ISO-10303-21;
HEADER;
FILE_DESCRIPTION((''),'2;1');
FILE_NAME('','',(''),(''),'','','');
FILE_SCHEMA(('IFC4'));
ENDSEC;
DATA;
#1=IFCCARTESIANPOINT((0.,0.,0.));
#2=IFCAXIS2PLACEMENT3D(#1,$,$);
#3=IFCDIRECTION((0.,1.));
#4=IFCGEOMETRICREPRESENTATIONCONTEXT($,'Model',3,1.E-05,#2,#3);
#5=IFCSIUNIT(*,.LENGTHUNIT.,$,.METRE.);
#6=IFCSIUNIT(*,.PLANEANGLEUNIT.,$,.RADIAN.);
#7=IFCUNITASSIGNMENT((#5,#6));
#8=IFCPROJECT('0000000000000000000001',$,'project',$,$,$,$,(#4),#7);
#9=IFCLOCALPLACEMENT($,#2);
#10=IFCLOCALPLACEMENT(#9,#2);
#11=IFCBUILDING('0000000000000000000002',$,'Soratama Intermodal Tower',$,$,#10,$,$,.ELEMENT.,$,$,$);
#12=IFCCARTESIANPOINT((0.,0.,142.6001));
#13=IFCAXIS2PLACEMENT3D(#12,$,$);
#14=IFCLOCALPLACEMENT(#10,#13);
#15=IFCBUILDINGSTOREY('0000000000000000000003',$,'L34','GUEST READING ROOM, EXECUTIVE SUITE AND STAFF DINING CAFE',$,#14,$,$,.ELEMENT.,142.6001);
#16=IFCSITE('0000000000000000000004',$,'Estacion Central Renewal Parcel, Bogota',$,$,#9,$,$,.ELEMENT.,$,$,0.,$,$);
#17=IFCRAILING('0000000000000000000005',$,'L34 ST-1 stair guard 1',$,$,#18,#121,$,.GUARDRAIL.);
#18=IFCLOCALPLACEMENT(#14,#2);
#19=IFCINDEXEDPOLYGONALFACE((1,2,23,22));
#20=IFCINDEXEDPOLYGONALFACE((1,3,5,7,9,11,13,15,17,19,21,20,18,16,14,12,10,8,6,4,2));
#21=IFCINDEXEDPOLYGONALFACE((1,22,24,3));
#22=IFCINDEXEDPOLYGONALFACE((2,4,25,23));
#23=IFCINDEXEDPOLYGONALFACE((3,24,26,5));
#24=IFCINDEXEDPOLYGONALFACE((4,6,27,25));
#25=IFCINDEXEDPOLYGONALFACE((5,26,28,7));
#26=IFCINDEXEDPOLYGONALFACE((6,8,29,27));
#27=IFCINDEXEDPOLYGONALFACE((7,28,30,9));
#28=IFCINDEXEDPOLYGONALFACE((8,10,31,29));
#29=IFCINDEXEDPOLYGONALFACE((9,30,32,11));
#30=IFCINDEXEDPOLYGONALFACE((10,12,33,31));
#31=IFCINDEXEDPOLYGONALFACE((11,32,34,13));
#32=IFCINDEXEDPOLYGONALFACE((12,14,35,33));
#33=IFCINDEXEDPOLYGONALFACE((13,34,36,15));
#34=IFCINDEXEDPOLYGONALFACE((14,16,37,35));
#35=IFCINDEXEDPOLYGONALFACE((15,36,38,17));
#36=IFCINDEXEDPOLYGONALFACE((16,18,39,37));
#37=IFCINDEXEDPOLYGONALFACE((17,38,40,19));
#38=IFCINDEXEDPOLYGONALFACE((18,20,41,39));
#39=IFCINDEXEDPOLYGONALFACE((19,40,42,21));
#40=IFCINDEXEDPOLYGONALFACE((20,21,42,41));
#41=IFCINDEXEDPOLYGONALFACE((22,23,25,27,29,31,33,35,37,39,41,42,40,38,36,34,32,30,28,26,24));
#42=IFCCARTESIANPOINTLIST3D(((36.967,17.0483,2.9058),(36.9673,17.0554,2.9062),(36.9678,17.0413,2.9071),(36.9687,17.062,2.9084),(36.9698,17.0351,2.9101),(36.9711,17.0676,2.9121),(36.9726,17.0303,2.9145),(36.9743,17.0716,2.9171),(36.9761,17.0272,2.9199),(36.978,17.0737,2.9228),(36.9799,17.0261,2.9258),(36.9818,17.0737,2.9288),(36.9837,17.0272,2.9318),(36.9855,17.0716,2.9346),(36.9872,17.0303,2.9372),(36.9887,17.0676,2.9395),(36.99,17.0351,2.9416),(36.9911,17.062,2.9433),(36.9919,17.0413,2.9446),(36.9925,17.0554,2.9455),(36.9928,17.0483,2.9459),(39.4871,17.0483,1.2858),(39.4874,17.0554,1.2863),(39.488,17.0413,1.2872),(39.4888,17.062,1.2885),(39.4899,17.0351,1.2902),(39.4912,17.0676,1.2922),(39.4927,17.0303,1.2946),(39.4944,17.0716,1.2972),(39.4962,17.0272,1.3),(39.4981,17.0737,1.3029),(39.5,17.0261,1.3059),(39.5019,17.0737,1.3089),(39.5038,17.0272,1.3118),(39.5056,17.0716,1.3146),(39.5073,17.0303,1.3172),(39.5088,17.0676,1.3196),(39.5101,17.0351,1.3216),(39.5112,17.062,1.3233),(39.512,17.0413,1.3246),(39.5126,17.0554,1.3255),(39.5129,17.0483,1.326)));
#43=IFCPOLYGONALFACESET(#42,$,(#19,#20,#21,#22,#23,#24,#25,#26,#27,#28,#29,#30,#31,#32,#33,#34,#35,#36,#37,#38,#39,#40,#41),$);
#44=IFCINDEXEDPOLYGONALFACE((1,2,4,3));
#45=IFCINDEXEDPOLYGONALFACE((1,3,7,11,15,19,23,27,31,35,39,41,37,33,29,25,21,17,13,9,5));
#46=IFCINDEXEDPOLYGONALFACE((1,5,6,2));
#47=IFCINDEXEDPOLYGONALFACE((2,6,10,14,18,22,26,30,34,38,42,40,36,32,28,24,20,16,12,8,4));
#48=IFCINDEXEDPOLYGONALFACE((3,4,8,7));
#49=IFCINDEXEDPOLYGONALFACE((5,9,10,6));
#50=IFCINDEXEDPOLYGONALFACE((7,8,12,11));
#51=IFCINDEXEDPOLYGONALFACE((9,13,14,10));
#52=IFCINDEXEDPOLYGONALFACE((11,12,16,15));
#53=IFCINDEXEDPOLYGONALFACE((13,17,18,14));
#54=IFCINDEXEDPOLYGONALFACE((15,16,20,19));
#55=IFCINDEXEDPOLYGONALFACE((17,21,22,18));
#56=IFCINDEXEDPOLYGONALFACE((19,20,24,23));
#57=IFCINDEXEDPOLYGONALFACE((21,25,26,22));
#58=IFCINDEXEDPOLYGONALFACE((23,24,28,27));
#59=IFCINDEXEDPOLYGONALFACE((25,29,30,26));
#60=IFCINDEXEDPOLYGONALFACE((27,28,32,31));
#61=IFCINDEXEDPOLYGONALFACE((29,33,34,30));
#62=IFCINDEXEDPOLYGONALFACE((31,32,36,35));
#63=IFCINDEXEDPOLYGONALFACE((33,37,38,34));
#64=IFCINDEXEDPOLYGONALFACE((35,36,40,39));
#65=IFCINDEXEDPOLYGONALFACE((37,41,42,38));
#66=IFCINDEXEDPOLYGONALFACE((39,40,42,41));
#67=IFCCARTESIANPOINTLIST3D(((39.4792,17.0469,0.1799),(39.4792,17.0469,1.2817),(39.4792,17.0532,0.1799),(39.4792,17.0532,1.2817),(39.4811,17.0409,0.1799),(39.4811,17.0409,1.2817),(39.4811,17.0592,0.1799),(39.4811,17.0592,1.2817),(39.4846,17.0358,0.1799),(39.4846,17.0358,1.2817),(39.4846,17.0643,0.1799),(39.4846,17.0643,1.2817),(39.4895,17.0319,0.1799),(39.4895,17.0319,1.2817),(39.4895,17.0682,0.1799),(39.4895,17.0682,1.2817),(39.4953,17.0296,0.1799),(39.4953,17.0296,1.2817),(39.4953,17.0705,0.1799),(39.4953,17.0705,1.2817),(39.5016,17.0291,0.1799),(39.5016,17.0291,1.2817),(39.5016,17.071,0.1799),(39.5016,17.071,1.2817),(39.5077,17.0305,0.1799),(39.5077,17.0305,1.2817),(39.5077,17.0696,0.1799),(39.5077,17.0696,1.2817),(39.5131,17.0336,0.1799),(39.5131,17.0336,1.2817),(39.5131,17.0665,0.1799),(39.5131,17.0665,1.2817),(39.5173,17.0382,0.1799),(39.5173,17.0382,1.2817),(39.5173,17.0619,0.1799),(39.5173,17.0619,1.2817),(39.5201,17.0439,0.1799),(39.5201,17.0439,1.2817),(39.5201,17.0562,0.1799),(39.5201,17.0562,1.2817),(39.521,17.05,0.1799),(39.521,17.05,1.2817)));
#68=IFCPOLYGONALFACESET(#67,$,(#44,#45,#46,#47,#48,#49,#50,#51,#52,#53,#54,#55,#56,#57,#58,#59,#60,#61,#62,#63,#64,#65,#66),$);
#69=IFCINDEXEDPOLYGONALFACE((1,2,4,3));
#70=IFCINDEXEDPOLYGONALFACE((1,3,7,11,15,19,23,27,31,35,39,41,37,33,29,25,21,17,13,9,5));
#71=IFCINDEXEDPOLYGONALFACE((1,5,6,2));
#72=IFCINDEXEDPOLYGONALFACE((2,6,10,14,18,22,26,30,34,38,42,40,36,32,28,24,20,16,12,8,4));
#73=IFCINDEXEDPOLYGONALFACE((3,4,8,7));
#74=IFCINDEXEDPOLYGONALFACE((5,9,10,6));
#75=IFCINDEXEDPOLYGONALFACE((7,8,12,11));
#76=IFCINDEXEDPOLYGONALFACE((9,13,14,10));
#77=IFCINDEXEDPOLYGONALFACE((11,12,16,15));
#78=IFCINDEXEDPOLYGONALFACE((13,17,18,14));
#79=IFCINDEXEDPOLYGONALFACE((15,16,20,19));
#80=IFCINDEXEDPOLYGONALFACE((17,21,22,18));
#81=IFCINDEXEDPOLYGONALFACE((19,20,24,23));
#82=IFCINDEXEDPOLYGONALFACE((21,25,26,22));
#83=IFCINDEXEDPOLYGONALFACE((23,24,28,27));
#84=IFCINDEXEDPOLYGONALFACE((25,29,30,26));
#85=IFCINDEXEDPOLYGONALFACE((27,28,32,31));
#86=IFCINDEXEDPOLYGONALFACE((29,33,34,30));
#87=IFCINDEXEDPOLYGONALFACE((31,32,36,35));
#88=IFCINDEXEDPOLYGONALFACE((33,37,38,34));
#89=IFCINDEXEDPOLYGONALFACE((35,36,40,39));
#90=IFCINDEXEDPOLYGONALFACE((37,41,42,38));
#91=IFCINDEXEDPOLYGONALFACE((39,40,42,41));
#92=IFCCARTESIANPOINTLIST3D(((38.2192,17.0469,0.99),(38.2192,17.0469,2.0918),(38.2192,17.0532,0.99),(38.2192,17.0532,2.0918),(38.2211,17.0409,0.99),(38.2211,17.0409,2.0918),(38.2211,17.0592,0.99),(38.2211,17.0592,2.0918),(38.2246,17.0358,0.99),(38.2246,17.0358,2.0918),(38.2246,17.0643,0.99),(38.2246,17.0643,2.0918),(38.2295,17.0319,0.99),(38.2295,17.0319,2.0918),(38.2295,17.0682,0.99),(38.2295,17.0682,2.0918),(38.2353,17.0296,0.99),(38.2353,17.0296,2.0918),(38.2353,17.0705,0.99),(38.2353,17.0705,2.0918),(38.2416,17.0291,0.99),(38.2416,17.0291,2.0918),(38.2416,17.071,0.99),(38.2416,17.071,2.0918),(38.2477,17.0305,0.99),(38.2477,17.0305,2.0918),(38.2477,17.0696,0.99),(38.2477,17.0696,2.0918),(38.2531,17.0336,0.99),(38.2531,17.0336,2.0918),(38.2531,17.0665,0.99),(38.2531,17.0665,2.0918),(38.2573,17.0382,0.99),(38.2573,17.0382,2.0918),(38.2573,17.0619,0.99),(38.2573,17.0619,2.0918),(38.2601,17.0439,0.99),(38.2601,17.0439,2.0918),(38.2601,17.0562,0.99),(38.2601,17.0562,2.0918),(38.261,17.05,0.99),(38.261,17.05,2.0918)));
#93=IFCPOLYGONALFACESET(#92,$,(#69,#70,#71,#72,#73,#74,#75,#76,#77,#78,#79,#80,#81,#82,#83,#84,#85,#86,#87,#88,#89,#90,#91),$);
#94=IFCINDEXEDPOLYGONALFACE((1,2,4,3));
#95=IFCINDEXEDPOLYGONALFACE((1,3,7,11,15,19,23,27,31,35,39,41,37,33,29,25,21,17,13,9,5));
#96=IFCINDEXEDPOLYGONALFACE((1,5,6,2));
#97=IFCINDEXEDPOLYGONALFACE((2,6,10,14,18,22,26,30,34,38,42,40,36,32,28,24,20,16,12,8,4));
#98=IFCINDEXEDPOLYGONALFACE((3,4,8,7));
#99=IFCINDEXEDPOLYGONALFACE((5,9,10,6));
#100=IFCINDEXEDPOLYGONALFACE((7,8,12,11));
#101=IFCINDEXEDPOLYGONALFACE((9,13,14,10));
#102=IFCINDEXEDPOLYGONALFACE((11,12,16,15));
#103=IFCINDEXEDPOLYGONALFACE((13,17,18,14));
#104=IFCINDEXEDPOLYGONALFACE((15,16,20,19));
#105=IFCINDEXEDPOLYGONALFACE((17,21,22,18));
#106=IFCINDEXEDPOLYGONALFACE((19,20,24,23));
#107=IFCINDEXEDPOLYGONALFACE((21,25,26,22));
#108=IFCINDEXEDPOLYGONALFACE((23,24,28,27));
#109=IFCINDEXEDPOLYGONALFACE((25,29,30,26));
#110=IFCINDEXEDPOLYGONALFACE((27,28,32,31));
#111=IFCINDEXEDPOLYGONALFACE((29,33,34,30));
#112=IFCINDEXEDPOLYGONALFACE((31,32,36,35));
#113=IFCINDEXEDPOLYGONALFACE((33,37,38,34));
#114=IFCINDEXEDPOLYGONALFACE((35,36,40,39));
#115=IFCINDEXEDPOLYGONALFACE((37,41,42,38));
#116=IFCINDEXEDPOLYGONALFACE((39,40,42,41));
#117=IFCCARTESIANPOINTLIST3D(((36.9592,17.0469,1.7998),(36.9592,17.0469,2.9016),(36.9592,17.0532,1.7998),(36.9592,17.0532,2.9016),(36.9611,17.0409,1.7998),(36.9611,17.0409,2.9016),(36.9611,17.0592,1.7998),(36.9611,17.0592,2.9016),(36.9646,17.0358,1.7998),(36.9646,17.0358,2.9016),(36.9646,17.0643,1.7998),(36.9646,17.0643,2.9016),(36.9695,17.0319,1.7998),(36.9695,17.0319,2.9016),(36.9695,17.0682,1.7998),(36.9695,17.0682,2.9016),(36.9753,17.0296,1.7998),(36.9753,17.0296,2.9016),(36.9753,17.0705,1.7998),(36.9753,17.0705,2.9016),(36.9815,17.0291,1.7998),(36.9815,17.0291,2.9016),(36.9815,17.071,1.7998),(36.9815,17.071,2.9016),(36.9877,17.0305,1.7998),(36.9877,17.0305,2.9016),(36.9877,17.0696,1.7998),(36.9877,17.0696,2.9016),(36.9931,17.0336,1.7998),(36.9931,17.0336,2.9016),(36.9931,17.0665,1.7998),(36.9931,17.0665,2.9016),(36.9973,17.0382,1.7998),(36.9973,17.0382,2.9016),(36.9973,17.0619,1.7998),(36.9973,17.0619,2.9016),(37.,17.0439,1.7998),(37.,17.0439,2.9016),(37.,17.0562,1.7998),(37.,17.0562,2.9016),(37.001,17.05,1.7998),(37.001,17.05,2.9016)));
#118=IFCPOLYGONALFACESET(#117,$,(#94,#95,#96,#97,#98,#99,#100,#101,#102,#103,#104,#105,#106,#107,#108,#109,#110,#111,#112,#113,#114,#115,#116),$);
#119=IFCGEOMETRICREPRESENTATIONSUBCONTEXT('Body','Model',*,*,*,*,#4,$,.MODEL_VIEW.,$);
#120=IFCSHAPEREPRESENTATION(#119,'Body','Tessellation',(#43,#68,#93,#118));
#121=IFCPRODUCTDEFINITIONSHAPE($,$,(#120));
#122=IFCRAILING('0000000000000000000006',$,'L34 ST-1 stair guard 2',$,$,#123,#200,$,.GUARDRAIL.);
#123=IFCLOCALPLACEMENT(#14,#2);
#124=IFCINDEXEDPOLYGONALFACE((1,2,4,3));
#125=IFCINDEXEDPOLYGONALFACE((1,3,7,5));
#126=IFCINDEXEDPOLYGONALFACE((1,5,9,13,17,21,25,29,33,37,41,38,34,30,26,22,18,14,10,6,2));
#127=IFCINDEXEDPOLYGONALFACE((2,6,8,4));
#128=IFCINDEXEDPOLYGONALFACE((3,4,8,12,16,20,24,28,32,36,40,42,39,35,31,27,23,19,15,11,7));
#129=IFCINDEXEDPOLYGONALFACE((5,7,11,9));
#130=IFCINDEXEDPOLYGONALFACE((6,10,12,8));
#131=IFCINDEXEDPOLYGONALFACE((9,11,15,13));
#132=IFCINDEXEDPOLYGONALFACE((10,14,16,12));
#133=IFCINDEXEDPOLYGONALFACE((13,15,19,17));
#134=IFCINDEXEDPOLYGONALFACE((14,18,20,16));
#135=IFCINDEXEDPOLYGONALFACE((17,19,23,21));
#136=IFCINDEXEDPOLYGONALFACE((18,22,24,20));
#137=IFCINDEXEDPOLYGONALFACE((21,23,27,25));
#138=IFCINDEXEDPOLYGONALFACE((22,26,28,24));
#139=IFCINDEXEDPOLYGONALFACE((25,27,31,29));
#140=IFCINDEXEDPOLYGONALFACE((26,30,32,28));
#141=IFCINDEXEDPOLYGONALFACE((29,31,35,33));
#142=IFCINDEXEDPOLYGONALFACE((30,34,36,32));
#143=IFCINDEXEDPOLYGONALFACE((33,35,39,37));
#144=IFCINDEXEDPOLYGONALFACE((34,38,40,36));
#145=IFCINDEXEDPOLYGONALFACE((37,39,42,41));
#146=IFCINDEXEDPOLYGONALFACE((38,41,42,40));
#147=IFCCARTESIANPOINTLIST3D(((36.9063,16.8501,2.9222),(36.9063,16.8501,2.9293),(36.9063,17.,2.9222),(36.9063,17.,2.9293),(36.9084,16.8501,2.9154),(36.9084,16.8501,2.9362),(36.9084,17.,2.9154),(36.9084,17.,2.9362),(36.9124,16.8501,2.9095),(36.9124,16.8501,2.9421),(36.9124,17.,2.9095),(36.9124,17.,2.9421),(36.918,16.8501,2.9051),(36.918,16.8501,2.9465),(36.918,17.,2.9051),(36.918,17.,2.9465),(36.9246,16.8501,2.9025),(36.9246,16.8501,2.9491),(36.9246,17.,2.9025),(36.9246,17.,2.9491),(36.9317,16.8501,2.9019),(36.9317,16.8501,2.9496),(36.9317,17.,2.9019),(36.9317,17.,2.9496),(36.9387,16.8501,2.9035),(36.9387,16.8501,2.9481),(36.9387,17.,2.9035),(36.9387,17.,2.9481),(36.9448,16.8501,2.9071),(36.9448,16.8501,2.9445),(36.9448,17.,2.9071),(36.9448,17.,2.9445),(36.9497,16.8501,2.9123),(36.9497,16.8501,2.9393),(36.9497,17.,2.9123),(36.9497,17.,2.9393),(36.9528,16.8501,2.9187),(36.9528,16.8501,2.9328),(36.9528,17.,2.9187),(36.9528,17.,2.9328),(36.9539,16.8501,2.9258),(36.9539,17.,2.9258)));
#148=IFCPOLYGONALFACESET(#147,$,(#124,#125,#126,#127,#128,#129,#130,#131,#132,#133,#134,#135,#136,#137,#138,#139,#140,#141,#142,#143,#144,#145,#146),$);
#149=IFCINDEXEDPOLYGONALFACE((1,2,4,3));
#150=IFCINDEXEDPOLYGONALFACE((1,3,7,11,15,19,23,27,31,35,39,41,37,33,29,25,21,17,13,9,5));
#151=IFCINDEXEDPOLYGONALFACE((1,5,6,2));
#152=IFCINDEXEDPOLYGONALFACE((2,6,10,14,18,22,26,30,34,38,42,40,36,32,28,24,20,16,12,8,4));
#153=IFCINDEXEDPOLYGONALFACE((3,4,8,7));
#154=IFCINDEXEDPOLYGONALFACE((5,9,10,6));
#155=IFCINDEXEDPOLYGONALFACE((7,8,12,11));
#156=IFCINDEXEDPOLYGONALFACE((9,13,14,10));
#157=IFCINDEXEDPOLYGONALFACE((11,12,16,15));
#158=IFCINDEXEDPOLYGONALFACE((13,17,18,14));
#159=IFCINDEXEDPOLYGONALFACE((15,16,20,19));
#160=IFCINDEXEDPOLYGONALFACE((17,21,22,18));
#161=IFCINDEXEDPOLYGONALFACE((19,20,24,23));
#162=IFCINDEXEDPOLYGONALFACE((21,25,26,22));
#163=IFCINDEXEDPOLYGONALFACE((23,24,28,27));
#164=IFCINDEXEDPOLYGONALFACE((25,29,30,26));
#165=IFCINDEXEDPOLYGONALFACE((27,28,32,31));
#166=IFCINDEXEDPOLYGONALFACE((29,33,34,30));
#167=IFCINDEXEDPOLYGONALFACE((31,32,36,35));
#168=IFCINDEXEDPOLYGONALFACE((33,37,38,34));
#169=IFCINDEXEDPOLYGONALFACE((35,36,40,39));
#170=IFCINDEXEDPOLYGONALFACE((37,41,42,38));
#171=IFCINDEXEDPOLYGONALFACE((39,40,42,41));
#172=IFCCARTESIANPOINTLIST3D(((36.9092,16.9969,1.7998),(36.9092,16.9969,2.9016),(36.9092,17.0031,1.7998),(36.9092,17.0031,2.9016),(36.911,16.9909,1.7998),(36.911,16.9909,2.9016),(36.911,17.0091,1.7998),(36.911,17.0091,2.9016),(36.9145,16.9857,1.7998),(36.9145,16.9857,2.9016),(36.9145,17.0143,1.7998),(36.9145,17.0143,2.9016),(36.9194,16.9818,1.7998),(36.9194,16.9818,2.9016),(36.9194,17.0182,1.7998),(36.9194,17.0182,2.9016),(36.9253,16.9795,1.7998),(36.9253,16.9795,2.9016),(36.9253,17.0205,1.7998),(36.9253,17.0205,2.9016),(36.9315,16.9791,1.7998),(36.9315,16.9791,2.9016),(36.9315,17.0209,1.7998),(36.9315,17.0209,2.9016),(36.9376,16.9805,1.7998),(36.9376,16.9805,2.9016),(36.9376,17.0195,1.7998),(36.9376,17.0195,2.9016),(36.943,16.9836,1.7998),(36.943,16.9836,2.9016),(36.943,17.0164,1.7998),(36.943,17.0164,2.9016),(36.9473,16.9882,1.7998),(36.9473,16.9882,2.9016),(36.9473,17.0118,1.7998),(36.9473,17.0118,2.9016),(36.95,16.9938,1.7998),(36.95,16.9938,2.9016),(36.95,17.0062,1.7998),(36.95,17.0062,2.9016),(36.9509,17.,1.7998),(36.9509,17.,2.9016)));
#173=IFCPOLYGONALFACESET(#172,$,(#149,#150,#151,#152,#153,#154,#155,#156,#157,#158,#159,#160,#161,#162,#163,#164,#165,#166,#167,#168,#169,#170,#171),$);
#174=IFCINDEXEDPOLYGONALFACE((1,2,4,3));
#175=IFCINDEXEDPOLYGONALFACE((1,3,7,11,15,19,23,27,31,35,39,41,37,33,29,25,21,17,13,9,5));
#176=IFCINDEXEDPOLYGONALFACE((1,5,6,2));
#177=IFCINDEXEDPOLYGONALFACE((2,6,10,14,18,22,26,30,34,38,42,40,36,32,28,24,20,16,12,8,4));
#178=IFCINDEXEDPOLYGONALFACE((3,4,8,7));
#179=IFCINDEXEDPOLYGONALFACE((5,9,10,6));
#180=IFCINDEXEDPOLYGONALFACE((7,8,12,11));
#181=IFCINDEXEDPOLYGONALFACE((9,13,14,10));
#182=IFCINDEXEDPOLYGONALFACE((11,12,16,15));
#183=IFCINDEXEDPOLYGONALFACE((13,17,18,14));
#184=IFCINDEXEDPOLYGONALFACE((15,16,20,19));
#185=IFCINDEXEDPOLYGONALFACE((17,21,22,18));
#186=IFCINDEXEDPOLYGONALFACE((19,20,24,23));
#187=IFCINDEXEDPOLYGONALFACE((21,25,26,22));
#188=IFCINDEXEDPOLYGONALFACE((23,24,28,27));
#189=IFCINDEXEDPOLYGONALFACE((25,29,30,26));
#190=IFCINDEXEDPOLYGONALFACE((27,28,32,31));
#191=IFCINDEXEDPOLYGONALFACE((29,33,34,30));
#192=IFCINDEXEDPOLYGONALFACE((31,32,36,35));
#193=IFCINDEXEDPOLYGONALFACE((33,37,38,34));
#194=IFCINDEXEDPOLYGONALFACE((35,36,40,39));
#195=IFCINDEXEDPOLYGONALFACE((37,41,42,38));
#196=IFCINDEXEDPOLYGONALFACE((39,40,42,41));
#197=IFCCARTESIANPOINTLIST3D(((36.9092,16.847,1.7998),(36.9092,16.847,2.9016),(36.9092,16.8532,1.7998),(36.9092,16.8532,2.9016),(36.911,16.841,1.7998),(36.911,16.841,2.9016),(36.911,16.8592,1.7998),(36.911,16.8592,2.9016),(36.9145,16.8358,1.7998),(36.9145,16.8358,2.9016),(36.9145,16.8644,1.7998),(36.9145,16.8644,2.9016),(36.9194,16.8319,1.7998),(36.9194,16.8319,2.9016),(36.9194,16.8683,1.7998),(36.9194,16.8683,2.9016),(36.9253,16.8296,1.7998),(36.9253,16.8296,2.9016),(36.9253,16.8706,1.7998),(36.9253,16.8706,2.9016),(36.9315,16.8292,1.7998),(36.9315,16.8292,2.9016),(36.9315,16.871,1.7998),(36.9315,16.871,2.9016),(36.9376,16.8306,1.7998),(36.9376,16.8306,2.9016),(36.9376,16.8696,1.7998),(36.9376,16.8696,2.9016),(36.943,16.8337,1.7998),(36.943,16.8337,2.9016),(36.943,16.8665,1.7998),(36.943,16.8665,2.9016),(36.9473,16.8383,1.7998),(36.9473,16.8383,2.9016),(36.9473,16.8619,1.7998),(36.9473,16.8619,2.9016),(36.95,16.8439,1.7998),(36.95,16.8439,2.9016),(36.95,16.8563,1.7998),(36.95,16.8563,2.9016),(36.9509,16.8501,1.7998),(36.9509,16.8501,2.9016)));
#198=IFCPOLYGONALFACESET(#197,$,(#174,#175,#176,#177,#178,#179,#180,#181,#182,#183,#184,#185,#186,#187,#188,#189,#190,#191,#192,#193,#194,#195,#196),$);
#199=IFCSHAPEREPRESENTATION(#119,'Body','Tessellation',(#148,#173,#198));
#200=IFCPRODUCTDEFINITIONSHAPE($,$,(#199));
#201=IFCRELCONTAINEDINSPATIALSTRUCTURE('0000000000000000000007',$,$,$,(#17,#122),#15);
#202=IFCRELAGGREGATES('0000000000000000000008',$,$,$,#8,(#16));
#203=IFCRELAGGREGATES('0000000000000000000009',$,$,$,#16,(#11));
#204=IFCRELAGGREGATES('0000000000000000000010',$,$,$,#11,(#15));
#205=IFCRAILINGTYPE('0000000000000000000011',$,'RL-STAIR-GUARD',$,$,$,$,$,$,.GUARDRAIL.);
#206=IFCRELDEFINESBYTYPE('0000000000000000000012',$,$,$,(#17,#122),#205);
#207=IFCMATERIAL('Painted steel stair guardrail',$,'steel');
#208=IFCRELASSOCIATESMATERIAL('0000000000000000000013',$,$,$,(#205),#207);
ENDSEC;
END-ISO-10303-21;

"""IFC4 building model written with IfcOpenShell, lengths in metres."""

from ifc_helpers import new_model, si_unit, direction, frame, origin, origin_2d, place, context, subcontext, project, spatial, circle, extrude, material, type_object, element, save


model = new_model("IFC4")

# Units and contexts
model_context = context("Model", 3, precision=1e-05, world=origin(), true_north=direction((0.0, 1.0)))
body_context = subcontext(model_context, "Body", "Model", "MODEL_VIEW")
ifc_project = project(units=[si_unit("LENGTHUNIT", "METRE"), si_unit("PLANEANGLEUNIT", "RADIAN")], contexts=[model_context])

# Site, building, storey
site_placement = place(None, origin())
site = spatial("IfcSite", under=ifc_project, at=site_placement, Name="Estacion Central Renewal Parcel, Bogota", CompositionType="ELEMENT", RefElevation=0.0)
building_placement = place(site_placement, origin())
building = spatial("IfcBuilding", under=site, at=building_placement, Name="Soratama Intermodal Tower", CompositionType="ELEMENT")
storey_placement = place(building_placement, frame((0.0, 0.0, 142.6001)))
storey = spatial("IfcBuildingStorey", under=building, at=storey_placement, Name="L34", Description="GUEST READING ROOM, EXECUTIVE SUITE AND STAFF DINING CAFE", CompositionType="ELEMENT", Elevation=142.6001)

# Railings
ifc_material_1 = material(Name="Painted steel stair guardrail", Category="steel")
railing_type_1 = type_object("IfcRailingType", Name="RL-STAIR-GUARD", PredefinedType="GUARDRAIL", material=ifc_material_1)
railing_1_placement = place(storey_placement, frame((39.5, 17.05, 0.1799)))
element("IfcRailing", 1, at=railing_1_placement, inside=storey, type_object=railing_type_1, Name="L34 ST-1 stair guard 1", PredefinedType="GUARDRAIL", context=body_context, shape_type="SweptSolid", body=[
    extrude(circle(Radius=0.0239, at=origin_2d()), frame((0.0, 0.0, 1.126), z_axis=(-0.8412, 0.0, 0.540725), x_axis=(0.0, -1.0, 0.0)), (0.0, 0.0, 1.0), 2.9958),
    extrude(circle(Radius=0.021, at=origin_2d()), origin(), (0.0, 0.0, 1.0), 1.1018),
    extrude(circle(Radius=0.021, at=origin_2d()), frame((-1.26, 0.0, 0.8101)), (0.0, 0.0, 1.0), 1.1018),
    extrude(circle(Radius=0.021, at=origin_2d()), frame((-2.52, 0.0, 1.6199)), (0.0, 0.0, 1.0), 1.1018),
])
railing_2_placement = place(storey_placement, frame((36.9299, 17.0, 1.7998)))
element("IfcRailing", 2, at=railing_2_placement, inside=storey, type_object=railing_type_1, Name="L34 ST-1 stair guard 2", PredefinedType="GUARDRAIL", context=body_context, shape_type="SweptSolid", body=[
    extrude(circle(Radius=0.0239, at=origin_2d()), frame((0.0, 0.0, 1.126), z_axis=(0.0, -1.0, 0.0), x_axis=(1.0, 0.0, 0.0)), (0.0, 0.0, 1.0), 0.1499),
    extrude(circle(Radius=0.021, at=origin_2d()), origin(), (0.0, 0.0, 1.0), 1.1018),
    extrude(circle(Radius=0.021, at=origin_2d()), frame((0.0, -0.1499, 0.0)), (0.0, 0.0, 1.0), 1.1018),
])

save(model, "model.ifc")
